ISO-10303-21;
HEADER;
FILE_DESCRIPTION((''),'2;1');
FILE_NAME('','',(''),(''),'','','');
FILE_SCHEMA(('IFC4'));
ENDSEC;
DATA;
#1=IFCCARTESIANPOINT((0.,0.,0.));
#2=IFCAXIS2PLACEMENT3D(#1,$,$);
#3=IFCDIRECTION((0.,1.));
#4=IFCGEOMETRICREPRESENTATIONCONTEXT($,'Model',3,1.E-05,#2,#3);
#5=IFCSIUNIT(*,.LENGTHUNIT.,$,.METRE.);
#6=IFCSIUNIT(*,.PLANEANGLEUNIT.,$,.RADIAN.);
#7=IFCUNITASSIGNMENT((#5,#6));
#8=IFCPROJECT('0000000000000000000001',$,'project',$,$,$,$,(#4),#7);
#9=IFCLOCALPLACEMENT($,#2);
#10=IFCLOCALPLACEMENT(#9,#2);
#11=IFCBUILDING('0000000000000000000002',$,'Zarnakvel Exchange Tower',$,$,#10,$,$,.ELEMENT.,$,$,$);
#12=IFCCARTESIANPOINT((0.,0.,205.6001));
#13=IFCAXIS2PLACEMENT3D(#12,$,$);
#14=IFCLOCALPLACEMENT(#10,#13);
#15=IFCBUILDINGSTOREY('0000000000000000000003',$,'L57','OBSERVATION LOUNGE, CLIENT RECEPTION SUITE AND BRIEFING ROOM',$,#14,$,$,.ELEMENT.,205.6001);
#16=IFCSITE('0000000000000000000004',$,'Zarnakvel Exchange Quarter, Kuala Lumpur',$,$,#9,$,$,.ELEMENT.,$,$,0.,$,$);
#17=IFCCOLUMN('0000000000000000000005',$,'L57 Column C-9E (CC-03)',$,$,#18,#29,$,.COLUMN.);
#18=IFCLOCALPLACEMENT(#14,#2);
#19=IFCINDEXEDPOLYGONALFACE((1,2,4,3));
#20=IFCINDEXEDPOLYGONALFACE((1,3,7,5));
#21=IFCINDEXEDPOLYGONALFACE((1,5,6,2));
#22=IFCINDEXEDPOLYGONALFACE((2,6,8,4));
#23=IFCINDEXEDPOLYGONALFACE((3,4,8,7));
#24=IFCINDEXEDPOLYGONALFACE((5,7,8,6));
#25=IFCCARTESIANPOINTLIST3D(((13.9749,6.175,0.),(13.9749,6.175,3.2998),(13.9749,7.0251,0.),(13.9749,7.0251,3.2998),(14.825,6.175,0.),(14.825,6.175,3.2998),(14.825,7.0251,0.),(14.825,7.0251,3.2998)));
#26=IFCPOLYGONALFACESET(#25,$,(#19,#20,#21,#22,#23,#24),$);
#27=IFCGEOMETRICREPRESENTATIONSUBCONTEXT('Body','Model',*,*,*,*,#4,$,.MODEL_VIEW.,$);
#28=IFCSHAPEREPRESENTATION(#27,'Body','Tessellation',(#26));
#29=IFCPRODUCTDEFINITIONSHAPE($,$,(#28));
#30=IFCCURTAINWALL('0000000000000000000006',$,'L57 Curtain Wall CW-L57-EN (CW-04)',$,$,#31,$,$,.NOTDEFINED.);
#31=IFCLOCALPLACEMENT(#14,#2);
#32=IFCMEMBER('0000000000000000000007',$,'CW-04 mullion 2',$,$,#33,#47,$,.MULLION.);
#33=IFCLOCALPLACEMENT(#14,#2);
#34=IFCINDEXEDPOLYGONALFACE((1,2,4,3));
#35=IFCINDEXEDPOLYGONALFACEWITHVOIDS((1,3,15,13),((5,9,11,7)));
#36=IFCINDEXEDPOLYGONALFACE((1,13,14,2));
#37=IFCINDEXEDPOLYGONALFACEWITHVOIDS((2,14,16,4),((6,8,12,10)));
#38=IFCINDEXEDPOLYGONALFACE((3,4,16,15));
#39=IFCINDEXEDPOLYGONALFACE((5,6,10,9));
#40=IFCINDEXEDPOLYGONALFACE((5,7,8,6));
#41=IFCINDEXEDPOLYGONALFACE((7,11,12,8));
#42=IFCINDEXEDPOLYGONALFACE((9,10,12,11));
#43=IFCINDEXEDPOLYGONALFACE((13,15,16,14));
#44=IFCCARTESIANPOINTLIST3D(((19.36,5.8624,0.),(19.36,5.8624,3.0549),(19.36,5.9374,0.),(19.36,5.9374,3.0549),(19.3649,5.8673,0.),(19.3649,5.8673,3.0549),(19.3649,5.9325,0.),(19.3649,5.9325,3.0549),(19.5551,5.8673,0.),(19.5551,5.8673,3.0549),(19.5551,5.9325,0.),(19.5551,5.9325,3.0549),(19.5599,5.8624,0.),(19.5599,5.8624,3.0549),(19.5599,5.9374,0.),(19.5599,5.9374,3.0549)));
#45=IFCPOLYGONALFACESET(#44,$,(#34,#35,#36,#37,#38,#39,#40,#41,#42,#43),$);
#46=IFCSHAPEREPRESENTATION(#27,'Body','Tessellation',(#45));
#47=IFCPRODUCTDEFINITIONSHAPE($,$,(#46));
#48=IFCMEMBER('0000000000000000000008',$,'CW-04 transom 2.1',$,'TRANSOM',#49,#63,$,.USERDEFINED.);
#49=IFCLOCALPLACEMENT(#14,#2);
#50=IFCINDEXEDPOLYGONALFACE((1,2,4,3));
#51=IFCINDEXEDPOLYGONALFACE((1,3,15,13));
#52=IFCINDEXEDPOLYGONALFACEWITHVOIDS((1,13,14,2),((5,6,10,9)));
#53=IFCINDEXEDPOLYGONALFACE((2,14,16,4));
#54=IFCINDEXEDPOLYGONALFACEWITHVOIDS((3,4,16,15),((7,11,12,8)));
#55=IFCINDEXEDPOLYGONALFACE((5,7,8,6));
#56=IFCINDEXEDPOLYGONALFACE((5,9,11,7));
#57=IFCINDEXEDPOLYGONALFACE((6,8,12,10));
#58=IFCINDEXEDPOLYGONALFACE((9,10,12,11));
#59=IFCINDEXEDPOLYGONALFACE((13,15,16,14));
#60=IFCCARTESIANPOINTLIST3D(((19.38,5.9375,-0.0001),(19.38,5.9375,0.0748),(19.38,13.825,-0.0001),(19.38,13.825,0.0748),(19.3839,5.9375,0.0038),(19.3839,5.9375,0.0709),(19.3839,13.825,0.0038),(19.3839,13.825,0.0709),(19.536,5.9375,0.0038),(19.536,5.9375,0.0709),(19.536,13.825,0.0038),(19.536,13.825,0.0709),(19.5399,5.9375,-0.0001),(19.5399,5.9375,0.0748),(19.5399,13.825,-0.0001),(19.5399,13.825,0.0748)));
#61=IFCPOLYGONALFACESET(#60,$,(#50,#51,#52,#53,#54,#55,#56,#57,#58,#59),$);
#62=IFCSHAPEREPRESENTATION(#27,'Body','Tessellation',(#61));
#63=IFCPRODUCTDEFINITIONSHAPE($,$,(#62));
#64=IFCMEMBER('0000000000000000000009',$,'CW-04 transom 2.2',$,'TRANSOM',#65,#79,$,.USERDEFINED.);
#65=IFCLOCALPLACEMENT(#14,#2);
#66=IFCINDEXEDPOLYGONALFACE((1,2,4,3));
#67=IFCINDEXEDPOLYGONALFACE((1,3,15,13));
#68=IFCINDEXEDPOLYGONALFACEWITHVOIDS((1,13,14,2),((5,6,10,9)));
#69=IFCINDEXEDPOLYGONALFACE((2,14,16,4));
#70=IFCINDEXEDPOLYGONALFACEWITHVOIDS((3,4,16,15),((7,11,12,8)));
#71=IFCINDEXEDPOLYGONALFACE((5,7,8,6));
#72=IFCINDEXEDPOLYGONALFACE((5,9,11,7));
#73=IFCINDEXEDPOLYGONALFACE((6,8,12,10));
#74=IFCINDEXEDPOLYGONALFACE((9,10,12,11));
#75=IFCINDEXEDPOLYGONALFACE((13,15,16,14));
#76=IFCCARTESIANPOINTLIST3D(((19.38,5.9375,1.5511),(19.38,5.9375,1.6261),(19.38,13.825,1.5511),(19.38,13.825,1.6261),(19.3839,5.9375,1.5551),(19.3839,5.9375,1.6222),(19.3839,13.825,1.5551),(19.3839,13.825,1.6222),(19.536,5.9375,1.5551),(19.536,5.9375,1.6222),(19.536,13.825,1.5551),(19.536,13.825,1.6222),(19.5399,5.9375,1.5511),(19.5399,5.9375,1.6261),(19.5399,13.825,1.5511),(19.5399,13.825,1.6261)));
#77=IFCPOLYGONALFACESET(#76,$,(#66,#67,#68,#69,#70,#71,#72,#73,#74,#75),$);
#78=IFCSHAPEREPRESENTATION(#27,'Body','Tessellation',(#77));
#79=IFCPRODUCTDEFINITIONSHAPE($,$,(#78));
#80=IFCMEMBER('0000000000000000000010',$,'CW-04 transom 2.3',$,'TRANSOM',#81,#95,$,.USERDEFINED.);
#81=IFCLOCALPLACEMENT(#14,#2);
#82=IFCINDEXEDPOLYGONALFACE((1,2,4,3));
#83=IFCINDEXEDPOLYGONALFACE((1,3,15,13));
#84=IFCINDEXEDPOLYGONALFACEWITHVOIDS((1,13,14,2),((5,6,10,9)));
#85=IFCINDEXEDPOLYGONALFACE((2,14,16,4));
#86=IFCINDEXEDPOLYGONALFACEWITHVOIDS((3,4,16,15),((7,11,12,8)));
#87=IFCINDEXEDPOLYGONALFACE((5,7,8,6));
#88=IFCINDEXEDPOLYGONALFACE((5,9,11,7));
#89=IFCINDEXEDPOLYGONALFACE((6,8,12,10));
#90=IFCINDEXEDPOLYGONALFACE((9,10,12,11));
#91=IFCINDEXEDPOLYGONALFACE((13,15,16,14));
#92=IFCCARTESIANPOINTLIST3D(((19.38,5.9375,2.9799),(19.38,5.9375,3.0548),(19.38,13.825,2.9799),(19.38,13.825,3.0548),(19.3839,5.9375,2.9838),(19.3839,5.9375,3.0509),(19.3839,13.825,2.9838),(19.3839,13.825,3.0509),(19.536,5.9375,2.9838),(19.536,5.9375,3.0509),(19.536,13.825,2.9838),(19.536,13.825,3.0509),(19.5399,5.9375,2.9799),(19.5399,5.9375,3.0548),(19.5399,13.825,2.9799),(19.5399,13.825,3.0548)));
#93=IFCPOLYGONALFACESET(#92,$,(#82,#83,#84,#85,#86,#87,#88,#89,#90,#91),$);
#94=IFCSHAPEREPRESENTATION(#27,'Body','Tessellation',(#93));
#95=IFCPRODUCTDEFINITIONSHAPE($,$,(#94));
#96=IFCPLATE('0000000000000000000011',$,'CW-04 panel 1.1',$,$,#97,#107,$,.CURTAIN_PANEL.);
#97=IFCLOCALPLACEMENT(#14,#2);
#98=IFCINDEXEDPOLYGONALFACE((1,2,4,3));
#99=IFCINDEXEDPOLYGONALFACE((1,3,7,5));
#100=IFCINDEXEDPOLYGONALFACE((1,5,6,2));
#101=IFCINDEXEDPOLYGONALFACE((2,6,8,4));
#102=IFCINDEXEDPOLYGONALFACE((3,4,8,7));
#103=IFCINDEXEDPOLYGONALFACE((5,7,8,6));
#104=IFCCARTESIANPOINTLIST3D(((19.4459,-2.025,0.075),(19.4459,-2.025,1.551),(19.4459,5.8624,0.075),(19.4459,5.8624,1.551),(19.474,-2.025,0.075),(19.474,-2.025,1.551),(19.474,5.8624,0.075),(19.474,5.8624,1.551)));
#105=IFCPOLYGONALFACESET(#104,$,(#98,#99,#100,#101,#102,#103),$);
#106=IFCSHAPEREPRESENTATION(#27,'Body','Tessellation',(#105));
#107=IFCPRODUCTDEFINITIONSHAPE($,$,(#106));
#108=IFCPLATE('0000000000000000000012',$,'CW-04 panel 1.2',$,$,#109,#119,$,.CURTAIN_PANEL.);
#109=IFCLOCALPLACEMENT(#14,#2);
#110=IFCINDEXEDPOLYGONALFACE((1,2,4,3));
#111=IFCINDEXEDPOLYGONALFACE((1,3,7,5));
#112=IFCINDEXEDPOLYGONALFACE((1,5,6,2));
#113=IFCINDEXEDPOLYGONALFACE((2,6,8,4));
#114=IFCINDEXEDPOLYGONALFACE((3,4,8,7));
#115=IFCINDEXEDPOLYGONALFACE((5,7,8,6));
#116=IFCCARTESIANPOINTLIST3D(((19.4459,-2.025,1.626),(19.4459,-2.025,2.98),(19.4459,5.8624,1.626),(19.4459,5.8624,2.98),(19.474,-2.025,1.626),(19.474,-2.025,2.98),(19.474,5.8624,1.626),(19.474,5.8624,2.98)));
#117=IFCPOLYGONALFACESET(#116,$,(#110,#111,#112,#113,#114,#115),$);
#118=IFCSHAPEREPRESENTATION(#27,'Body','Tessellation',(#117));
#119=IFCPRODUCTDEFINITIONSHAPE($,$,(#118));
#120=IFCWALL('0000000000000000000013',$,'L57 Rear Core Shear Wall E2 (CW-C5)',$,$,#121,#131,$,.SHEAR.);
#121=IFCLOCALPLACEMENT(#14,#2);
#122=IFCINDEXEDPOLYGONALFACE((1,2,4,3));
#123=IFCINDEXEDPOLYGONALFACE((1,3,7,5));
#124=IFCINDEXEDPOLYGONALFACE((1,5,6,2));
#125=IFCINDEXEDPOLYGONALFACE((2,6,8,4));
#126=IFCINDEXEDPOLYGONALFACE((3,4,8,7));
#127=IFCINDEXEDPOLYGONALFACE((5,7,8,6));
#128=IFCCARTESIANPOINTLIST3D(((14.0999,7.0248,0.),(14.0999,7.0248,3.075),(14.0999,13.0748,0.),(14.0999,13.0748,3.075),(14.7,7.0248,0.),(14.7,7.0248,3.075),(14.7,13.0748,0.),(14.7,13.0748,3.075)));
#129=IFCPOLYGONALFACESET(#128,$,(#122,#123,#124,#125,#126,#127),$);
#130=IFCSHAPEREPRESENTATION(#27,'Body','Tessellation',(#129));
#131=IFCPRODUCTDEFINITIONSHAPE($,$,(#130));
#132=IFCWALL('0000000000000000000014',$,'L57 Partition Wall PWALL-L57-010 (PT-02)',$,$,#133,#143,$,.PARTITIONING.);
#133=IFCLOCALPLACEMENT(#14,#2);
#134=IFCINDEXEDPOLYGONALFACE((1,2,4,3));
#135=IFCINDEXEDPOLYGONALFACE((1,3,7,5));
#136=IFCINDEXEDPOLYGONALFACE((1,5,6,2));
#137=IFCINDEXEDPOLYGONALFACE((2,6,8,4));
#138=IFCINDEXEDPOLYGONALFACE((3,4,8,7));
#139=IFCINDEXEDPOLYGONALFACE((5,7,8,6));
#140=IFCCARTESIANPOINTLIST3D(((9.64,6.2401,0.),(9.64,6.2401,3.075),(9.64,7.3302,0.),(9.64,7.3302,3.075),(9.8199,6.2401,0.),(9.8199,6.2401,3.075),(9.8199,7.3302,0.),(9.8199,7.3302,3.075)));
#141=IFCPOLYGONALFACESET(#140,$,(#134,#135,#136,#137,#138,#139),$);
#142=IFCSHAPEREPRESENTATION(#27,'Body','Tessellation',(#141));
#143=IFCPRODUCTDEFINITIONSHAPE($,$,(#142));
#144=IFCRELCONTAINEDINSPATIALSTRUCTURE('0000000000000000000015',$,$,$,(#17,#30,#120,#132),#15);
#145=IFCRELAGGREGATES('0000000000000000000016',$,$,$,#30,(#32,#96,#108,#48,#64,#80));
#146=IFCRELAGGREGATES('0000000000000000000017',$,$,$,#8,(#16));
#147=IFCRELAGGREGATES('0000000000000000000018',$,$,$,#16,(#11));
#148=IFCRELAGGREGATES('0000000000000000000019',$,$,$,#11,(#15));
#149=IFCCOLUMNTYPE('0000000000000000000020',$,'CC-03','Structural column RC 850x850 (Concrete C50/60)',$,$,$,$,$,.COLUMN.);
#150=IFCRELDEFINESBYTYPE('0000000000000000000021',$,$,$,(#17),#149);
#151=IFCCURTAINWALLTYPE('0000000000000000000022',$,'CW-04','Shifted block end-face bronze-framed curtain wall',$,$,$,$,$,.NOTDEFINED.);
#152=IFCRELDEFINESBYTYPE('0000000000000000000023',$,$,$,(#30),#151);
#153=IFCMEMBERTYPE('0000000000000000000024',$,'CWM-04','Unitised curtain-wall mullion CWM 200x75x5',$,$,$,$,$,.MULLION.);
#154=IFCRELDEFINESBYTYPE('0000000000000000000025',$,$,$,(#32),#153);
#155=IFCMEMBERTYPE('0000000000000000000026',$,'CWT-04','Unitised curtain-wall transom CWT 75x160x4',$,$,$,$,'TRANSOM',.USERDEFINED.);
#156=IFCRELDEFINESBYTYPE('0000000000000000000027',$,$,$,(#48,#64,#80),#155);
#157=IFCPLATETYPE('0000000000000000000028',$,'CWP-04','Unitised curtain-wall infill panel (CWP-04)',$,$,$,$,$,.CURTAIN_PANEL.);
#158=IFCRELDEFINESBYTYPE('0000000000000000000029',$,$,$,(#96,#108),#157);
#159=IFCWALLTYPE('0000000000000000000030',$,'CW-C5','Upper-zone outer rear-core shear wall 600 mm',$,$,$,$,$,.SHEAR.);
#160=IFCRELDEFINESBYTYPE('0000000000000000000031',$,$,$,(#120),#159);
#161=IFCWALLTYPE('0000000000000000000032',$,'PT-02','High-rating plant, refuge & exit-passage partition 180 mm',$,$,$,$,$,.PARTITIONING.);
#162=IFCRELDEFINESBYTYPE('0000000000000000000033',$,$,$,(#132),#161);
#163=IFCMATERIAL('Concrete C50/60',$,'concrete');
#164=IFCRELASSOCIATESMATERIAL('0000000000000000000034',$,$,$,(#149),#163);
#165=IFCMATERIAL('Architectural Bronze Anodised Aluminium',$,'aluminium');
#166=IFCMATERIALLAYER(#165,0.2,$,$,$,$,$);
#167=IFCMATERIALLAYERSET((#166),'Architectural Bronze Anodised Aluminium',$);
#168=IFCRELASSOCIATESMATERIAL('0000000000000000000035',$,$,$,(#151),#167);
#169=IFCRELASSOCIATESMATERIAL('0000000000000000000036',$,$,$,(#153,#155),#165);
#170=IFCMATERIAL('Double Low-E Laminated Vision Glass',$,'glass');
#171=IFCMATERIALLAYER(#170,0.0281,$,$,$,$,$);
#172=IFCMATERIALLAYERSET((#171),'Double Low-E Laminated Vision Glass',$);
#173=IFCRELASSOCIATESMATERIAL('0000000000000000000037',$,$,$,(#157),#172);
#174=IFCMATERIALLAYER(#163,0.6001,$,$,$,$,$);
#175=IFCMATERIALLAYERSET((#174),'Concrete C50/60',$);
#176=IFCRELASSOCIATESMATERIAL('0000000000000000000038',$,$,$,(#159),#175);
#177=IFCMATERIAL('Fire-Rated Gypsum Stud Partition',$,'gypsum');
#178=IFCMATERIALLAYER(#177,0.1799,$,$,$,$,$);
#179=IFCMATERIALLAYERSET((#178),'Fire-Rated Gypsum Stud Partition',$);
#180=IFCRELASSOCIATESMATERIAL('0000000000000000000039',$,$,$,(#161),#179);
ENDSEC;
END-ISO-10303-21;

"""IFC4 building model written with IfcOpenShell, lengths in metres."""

from ifc_helpers import new_model, si_unit, direction, frame, frame_2d, origin, origin_2d, place, context, subcontext, project, spatial, rectangle, hollow_rectangle, extrude, source, transform, mapped, material, layer, layer_set, material_profile, profile_set, type_object, element, aggregate, save


model = new_model("IFC4")

# Units and contexts
model_context = context("Model", 3, precision=1e-05, world=origin(), true_north=direction((0.0, 1.0)))
body_context = subcontext(model_context, "Body", "Model", "MODEL_VIEW")
ifc_project = project(units=[si_unit("LENGTHUNIT", "METRE"), si_unit("PLANEANGLEUNIT", "RADIAN")], contexts=[model_context])

# Site, building, storey
site_placement = place(None, origin())
site = spatial("IfcSite", under=ifc_project, at=site_placement, Name="Zarnakvel Exchange Quarter, Kuala Lumpur", CompositionType="ELEMENT", RefElevation=0.0)
building_placement = place(site_placement, origin())
building = spatial("IfcBuilding", under=site, at=building_placement, Name="Zarnakvel Exchange Tower", CompositionType="ELEMENT")
storey_placement = place(building_placement, frame((0.0, 0.0, 205.6001)))
storey = spatial("IfcBuildingStorey", under=building, at=storey_placement, Name="L57", Description="OBSERVATION LOUNGE, CLIENT RECEPTION SUITE AND BRIEFING ROOM", CompositionType="ELEMENT", Elevation=205.6001)

# Column
ifc_material_1 = material(Name="Concrete C50/60", Category="concrete")
ifc_material_profile_1 = material_profile(ifc_material_1, rectangle(XDim=0.8501, YDim=0.8501, at=origin_2d()))
ifc_profile_set_1 = profile_set([ifc_material_profile_1], Name="Concrete C50/60")
column_type = type_object("IfcColumnType", Name="CC-03", Description="Structural column RC 850x850 (Concrete C50/60)", PredefinedType="COLUMN", material=ifc_profile_set_1)
column_placement = place(storey_placement, frame((14.3999, 6.6001, 0.0), z_axis=(0.0, 0.0, 1.0), x_axis=(1.0, 0.0, 0.0)))
element("IfcColumn", 1, at=column_placement, inside=storey, type_object=column_type, Name="L57 Column C-9E (CC-03)", PredefinedType="COLUMN", context=body_context, shape_type="SweptSolid", body=[
    extrude(rectangle(XDim=0.8501, YDim=0.8501, at=origin_2d()), origin(), (0.0, 0.0, 1.0), 3.2998),
])

# Curtain wall, members, plates
ifc_material_2 = material(Name="Architectural Bronze Anodised Aluminium", Category="aluminium")
ifc_layer_1 = layer(ifc_material_2, 0.2)
ifc_layer_set_1 = layer_set([ifc_layer_1], Name="Architectural Bronze Anodised Aluminium")
curtain_wall_type = type_object("IfcCurtainWallType", Name="CW-04", Description="Shifted block end-face bronze-framed curtain wall", PredefinedType="NOTDEFINED", material=ifc_layer_set_1)
curtain_wall_placement = place(storey_placement, origin())
curtain_wall = element("IfcCurtainWall", 2, at=curtain_wall_placement, inside=storey, type_object=curtain_wall_type, Name="L57 Curtain Wall CW-L57-EN (CW-04)", PredefinedType="NOTDEFINED")
ifc_material_profile_2 = material_profile(ifc_material_2, hollow_rectangle(XDim=0.2, YDim=0.075, WallThickness=0.0049, at=origin_2d()))
ifc_profile_set_2 = profile_set([ifc_material_profile_2], Name="Architectural Bronze Anodised Aluminium")
member_type_1 = type_object("IfcMemberType", Name="CWM-04", Description="Unitised curtain-wall mullion CWM 200x75x5", PredefinedType="MULLION", material=ifc_profile_set_2)
shared_shape_1 = source(origin(), body_context, "Body", "SweptSolid", [
    extrude(hollow_rectangle(XDim=0.2, YDim=0.075, WallThickness=0.0049, at=origin_2d()), origin(), (0.0, 0.0, 1.0), 3.0549),
])
member_1_placement = place(storey_placement, frame((19.46, 5.8999, 0.0), z_axis=(0.0, 0.0, 1.0), x_axis=(-1.0, 0.0, 0.0)))
member_1 = element("IfcMember", 3, at=member_1_placement, type_object=member_type_1, Name="CW-04 mullion 2", PredefinedType="MULLION", context=body_context, shape_type="MappedRepresentation", body=[
    mapped(shared_shape_1, transform((0.0, 0.0, 0.0), x_axis=(1.0, 0.0, 0.0), y_axis=(0.0, 1.0, 0.0), z_axis=(0.0, 0.0, 1.0), scale=1.0)),
])
ifc_material_profile_3 = material_profile(ifc_material_2, hollow_rectangle(XDim=0.1599, YDim=0.075, WallThickness=0.0039, at=origin_2d()))
ifc_profile_set_3 = profile_set([ifc_material_profile_3], Name="Architectural Bronze Anodised Aluminium")
member_type_2 = type_object("IfcMemberType", Name="CWT-04", Description="Unitised curtain-wall transom CWT 75x160x4", ElementType="TRANSOM", PredefinedType="USERDEFINED", material=ifc_profile_set_3)
shared_shape_2 = source(origin(), body_context, "Body", "SweptSolid", [
    extrude(hollow_rectangle(XDim=0.1599, YDim=0.075, WallThickness=0.0039, at=origin_2d()), origin(), (0.0, 0.0, 1.0), 7.8875),
])
member_2_placement = place(storey_placement, frame((19.46, 5.9375, 0.0374), z_axis=(0.0, 1.0, 0.0), x_axis=(-1.0, 0.0, 0.0)))
member_2 = element("IfcMember", 4, at=member_2_placement, type_object=member_type_2, Name="CW-04 transom 2.1", ObjectType="TRANSOM", PredefinedType="USERDEFINED", context=body_context, shape_type="MappedRepresentation", body=[
    mapped(shared_shape_2, transform((0.0, 0.0, 0.0), x_axis=(1.0, 0.0, 0.0), y_axis=(0.0, 1.0, 0.0), z_axis=(0.0, 0.0, 1.0), scale=1.0)),
])
member_3_placement = place(storey_placement, frame((19.46, 5.9375, 1.5886), z_axis=(0.0, 1.0, 0.0), x_axis=(-1.0, 0.0, 0.0)))
member_3 = element("IfcMember", 5, at=member_3_placement, type_object=member_type_2, Name="CW-04 transom 2.2", ObjectType="TRANSOM", PredefinedType="USERDEFINED", context=body_context, shape_type="MappedRepresentation", body=[
    mapped(shared_shape_2, transform((0.0, 0.0, 0.0), x_axis=(1.0, 0.0, 0.0), y_axis=(0.0, 1.0, 0.0), z_axis=(0.0, 0.0, 1.0), scale=1.0)),
])
member_4_placement = place(storey_placement, frame((19.46, 5.9375, 3.0173), z_axis=(0.0, 1.0, 0.0), x_axis=(-1.0, 0.0, 0.0)))
member_4 = element("IfcMember", 6, at=member_4_placement, type_object=member_type_2, Name="CW-04 transom 2.3", ObjectType="TRANSOM", PredefinedType="USERDEFINED", context=body_context, shape_type="MappedRepresentation", body=[
    mapped(shared_shape_2, transform((0.0, 0.0, 0.0), x_axis=(1.0, 0.0, 0.0), y_axis=(0.0, 1.0, 0.0), z_axis=(0.0, 0.0, 1.0), scale=1.0)),
])
ifc_material_3 = material(Name="Double Low-E Laminated Vision Glass", Category="glass")
ifc_layer_2 = layer(ifc_material_3, 0.0281)
ifc_layer_set_2 = layer_set([ifc_layer_2], Name="Double Low-E Laminated Vision Glass")
plate_type = type_object("IfcPlateType", Name="CWP-04", Description="Unitised curtain-wall infill panel (CWP-04)", PredefinedType="CURTAIN_PANEL", material=ifc_layer_set_2)
shared_shape_3 = source(origin(), body_context, "Body", "SweptSolid", [
    extrude(rectangle(XDim=7.8875, YDim=0.0281, at=origin_2d()), origin(), (0.0, 0.0, 1.0), 1.4761),
])
plate_1_placement = place(storey_placement, frame((19.46, 1.9187, 0.075), z_axis=(0.0, 0.0, 1.0), x_axis=(0.0, 1.0, 0.0)))
plate_1 = element("IfcPlate", 7, at=plate_1_placement, type_object=plate_type, Name="CW-04 panel 1.1", PredefinedType="CURTAIN_PANEL", context=body_context, shape_type="MappedRepresentation", body=[
    mapped(shared_shape_3, transform((0.0, 0.0, 0.0), x_axis=(1.0, 0.0, 0.0), y_axis=(0.0, 1.0, 0.0), z_axis=(0.0, 0.0, 1.0), scale=1.0)),
])
shared_shape_4 = source(origin(), body_context, "Body", "SweptSolid", [
    extrude(rectangle(XDim=7.8875, YDim=0.0281, at=origin_2d()), origin(), (0.0, 0.0, 1.0), 1.354),
])
plate_2_placement = place(storey_placement, frame((19.46, 1.9187, 1.626), z_axis=(0.0, 0.0, 1.0), x_axis=(0.0, 1.0, 0.0)))
plate_2 = element("IfcPlate", 8, at=plate_2_placement, type_object=plate_type, Name="CW-04 panel 1.2", PredefinedType="CURTAIN_PANEL", context=body_context, shape_type="MappedRepresentation", body=[
    mapped(shared_shape_4, transform((0.0, 0.0, 0.0), x_axis=(1.0, 0.0, 0.0), y_axis=(0.0, 1.0, 0.0), z_axis=(0.0, 0.0, 1.0), scale=1.0)),
])
aggregate(curtain_wall, [member_1, plate_1, plate_2, member_2, member_3, member_4])

# Walls
ifc_layer_3 = layer(ifc_material_1, 0.6001)
ifc_layer_set_3 = layer_set([ifc_layer_3], Name="Concrete C50/60")
wall_type_1 = type_object("IfcWallType", Name="CW-C5", Description="Upper-zone outer rear-core shear wall 600 mm", PredefinedType="SHEAR", material=ifc_layer_set_3)
wall_1_placement = place(storey_placement, frame((14.3999, 7.0249, 0.0), z_axis=(0.0, 0.0, 1.0), x_axis=(0.0, 1.0, 0.0)))
element("IfcWall", 9, at=wall_1_placement, inside=storey, type_object=wall_type_1, Name="L57 Rear Core Shear Wall E2 (CW-C5)", PredefinedType="SHEAR", context=body_context, shape_type="SweptSolid", body=[
    extrude(rectangle(XDim=6.05, YDim=0.6001, at=frame_2d((3.0249, 0.0))), origin(), (0.0, 0.0, 1.0), 3.075),
])
ifc_material_4 = material(Name="Fire-Rated Gypsum Stud Partition", Category="gypsum")
ifc_layer_4 = layer(ifc_material_4, 0.1799)
ifc_layer_set_4 = layer_set([ifc_layer_4], Name="Fire-Rated Gypsum Stud Partition")
wall_type_2 = type_object("IfcWallType", Name="PT-02", Description="High-rating plant, refuge & exit-passage partition 180 mm", PredefinedType="PARTITIONING", material=ifc_layer_set_4)
wall_2_placement = place(storey_placement, frame((9.73, 7.3301, 0.0), z_axis=(0.0, 0.0, 1.0), x_axis=(0.0, -1.0, 0.0)))
element("IfcWall", 10, at=wall_2_placement, inside=storey, type_object=wall_type_2, Name="L57 Partition Wall PWALL-L57-010 (PT-02)", PredefinedType="PARTITIONING", context=body_context, shape_type="SweptSolid", body=[
    extrude(rectangle(XDim=1.0901, YDim=0.1799, at=frame_2d((0.5449, 0.0))), origin(), (0.0, 0.0, 1.0), 3.075),
])

save(model, "model.ifc")
